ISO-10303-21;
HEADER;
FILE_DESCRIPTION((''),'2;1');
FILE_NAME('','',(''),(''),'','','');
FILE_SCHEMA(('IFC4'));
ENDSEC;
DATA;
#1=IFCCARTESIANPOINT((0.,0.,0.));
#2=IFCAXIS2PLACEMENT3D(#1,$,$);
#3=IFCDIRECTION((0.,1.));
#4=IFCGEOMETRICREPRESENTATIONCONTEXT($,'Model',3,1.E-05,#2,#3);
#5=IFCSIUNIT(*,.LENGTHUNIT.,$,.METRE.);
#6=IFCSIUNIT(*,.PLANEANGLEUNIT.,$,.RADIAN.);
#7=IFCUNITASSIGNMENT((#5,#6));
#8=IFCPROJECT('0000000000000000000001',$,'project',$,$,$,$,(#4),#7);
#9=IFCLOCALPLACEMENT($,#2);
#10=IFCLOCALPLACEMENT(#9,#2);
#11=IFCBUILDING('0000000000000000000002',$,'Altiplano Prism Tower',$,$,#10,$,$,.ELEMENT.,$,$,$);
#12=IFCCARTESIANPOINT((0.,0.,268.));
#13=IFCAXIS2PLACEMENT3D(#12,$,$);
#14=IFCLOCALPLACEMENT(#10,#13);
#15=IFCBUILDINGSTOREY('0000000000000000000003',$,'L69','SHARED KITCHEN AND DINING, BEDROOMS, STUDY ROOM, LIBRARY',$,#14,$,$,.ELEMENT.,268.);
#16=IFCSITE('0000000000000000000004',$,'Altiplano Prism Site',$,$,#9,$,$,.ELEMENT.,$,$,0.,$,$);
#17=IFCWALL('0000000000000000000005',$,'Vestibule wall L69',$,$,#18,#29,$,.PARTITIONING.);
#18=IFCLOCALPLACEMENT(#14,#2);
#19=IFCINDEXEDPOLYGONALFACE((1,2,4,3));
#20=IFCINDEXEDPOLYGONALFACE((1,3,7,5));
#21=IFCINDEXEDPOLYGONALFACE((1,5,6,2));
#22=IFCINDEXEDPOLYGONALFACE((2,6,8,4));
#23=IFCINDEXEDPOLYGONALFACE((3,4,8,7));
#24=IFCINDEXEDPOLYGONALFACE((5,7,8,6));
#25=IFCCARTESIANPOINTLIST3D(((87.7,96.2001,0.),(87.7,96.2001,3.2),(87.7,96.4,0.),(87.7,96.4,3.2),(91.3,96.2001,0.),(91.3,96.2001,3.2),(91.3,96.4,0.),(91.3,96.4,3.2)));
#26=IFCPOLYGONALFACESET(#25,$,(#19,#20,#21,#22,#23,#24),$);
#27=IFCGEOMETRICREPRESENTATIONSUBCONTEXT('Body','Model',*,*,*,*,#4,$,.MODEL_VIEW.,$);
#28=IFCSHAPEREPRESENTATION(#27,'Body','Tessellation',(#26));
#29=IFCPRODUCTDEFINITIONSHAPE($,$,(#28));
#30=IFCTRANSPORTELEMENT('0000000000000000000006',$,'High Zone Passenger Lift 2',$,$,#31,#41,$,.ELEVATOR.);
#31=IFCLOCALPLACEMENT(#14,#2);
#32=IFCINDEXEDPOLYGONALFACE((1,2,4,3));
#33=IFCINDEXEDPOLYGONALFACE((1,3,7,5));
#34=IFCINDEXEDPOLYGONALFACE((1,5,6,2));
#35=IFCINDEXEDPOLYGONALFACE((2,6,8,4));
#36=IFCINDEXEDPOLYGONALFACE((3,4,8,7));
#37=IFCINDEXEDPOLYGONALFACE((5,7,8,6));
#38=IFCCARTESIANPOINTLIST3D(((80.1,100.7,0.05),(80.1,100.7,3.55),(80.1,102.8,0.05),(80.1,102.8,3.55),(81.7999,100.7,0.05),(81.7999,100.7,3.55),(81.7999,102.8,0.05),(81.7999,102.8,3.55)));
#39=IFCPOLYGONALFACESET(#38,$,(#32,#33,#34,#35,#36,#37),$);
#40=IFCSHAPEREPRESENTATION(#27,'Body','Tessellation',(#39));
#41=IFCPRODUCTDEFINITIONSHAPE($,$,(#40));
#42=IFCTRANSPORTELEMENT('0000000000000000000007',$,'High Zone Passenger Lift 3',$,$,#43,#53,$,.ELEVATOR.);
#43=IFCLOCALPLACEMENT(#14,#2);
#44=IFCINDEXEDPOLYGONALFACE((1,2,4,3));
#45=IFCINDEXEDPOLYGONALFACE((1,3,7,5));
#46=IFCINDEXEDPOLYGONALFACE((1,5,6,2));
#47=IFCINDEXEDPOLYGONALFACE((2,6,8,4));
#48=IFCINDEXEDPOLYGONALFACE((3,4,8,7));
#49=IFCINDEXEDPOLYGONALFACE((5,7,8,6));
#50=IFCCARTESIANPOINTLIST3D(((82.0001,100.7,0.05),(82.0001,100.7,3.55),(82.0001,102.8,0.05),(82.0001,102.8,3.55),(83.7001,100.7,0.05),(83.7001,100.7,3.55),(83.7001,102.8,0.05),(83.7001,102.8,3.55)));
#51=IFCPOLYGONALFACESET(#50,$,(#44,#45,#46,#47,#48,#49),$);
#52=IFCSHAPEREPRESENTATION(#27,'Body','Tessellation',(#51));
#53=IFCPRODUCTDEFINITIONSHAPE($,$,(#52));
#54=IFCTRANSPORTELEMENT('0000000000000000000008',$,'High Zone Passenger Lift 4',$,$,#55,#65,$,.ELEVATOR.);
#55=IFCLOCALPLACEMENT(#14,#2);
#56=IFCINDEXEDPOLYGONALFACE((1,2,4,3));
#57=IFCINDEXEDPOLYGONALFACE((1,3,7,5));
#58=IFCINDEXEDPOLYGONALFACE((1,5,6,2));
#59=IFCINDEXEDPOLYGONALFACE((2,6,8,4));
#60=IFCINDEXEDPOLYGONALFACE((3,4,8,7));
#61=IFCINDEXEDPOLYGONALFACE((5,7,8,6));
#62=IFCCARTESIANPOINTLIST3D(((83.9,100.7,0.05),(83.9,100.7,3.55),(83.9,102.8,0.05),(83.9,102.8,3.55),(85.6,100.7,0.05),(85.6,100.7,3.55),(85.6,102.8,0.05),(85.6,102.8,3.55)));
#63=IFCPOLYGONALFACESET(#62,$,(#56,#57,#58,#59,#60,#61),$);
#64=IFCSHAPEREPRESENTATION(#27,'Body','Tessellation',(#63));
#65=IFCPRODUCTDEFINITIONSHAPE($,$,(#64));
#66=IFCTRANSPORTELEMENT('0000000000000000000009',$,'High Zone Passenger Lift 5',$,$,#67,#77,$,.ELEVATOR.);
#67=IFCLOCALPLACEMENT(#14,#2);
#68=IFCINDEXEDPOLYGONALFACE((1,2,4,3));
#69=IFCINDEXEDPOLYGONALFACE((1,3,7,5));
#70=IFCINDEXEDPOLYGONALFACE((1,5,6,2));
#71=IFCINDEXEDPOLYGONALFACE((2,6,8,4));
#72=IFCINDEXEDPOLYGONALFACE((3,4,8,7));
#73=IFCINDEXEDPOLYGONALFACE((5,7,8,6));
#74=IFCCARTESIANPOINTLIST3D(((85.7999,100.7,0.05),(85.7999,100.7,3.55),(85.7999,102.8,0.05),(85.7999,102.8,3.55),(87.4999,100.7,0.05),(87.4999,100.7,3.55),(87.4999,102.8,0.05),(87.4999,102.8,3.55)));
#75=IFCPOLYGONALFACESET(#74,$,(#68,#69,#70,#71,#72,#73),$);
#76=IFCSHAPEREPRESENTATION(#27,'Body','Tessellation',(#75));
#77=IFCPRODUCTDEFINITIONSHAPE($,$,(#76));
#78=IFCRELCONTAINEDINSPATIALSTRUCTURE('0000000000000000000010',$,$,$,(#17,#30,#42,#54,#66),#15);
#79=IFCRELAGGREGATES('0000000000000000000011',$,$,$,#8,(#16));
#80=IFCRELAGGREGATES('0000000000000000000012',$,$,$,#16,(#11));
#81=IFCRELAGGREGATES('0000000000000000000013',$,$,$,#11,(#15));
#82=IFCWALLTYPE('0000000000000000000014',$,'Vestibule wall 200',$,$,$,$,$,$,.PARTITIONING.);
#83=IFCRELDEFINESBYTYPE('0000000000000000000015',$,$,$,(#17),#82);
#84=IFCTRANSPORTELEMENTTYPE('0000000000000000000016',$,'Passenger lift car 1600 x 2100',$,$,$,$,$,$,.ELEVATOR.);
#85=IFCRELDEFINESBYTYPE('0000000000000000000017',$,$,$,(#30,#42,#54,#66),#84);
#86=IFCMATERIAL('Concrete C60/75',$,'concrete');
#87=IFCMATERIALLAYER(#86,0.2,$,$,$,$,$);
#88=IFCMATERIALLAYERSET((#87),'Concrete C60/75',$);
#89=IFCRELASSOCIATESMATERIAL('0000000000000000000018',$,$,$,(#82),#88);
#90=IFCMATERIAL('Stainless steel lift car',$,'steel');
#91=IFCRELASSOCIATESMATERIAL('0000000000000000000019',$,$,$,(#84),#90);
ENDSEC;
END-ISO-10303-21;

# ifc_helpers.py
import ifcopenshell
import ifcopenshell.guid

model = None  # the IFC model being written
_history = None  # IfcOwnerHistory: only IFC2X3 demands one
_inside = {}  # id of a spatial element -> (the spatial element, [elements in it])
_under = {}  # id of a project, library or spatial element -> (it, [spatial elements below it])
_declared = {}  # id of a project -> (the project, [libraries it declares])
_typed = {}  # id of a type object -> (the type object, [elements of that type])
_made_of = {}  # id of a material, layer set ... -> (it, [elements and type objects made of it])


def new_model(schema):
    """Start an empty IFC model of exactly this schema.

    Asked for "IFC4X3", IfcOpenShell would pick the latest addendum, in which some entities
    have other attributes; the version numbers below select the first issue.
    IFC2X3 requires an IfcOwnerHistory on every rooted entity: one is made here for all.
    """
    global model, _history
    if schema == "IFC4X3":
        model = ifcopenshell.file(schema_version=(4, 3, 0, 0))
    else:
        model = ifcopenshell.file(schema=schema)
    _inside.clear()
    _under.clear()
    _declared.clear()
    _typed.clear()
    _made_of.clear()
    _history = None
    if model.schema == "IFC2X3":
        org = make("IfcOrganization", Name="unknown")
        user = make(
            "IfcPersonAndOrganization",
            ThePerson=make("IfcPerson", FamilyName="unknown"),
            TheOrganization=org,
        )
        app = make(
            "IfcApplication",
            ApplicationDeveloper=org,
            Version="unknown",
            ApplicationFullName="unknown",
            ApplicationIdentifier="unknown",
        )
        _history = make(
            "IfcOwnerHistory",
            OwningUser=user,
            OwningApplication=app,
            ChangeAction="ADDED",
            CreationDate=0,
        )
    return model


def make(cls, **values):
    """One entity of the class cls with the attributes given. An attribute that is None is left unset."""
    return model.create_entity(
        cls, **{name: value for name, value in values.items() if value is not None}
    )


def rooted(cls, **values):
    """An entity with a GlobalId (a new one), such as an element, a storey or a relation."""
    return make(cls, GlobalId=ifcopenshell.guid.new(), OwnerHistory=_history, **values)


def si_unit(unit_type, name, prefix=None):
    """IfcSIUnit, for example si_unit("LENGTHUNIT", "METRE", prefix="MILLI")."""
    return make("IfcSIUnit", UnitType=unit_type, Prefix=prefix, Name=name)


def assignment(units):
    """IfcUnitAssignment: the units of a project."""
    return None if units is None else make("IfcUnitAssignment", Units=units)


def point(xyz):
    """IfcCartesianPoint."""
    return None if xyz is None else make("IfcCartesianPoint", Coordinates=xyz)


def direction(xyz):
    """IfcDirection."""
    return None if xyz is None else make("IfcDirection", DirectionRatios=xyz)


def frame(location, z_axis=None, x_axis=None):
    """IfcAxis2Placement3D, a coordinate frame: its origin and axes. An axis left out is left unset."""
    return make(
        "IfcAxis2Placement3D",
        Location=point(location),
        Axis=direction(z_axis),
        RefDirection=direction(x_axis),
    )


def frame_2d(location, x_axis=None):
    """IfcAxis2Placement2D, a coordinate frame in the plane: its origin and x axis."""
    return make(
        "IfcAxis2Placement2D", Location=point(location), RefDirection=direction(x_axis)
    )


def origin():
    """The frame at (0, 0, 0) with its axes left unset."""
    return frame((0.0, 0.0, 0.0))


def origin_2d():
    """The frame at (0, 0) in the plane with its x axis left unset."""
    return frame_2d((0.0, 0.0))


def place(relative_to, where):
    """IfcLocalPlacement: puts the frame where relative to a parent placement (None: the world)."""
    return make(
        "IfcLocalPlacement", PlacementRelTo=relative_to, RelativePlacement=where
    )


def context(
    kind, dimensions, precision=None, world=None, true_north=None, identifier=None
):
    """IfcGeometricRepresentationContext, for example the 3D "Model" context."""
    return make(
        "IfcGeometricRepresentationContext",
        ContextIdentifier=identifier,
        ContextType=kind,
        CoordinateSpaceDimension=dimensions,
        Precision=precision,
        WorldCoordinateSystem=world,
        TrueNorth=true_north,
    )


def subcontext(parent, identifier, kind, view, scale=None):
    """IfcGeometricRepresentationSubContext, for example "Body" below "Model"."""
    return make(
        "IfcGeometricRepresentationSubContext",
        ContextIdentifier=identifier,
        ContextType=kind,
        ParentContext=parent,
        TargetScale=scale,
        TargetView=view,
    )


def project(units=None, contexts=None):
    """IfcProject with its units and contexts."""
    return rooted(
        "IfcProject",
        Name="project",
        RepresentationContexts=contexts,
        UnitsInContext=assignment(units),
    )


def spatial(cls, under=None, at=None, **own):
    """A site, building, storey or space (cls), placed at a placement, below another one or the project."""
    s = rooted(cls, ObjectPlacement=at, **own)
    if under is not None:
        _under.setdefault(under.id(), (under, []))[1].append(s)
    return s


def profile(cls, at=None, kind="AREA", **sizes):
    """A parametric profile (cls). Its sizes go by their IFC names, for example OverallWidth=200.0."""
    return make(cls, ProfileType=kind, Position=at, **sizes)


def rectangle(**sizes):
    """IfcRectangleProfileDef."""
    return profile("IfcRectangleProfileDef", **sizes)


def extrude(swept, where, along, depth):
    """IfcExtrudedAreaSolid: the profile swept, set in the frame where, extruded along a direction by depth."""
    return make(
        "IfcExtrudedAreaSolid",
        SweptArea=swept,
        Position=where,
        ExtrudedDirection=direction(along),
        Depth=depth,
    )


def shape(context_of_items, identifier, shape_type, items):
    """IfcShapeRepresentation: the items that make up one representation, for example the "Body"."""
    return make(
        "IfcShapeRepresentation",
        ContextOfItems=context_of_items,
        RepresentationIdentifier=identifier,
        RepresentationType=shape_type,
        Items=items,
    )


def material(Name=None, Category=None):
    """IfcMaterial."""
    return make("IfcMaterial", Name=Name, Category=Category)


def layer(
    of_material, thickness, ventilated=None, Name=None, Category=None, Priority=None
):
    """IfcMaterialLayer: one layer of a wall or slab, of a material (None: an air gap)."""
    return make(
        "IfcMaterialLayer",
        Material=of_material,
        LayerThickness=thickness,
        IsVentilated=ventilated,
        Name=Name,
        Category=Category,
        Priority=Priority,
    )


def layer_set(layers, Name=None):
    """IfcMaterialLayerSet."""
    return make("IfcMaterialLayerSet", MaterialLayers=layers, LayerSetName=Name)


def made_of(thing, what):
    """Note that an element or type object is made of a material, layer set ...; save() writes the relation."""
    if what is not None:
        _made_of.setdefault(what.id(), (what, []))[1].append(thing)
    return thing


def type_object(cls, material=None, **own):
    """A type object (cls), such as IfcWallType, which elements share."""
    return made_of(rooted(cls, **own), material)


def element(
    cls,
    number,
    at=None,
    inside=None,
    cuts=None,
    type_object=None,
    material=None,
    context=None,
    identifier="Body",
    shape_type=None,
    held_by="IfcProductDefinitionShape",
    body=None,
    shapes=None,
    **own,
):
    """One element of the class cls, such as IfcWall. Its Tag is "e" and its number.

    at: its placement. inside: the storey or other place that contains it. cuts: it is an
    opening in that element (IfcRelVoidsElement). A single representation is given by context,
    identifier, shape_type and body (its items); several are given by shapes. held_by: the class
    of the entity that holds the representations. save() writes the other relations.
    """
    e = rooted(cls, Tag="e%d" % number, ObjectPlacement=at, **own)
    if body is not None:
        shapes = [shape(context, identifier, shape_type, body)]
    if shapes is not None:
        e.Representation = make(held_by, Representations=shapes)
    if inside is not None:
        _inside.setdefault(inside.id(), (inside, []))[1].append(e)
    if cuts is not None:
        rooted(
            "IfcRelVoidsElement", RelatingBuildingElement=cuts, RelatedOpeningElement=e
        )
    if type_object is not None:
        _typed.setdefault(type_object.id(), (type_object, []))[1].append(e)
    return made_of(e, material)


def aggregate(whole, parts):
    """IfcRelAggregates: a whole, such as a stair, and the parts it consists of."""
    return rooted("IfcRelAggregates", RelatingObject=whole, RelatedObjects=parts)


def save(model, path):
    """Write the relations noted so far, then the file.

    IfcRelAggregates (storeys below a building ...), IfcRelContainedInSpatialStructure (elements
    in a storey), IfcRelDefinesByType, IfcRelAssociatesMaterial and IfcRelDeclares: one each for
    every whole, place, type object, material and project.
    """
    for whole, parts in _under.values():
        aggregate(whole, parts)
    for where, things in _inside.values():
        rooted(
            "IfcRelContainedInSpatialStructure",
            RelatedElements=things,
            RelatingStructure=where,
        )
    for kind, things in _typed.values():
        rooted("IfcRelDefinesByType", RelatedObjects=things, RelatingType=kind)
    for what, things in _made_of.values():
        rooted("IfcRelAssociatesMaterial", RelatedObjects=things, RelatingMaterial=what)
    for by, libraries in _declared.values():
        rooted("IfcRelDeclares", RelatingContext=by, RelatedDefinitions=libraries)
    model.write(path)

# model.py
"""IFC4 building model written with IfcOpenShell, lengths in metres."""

from ifc_helpers import new_model, si_unit, direction, frame, frame_2d, origin, origin_2d, place, context, subcontext, project, spatial, rectangle, extrude, material, layer, layer_set, type_object, element, save


model = new_model("IFC4")

# Units and contexts
model_context = context("Model", 3, precision=1e-05, world=origin(), true_north=direction((0.0, 1.0)))
body_context = subcontext(model_context, "Body", "Model", "MODEL_VIEW")
ifc_project = project(units=[si_unit("LENGTHUNIT", "METRE"), si_unit("PLANEANGLEUNIT", "RADIAN")], contexts=[model_context])

# Site, building, storey
site_placement = place(None, origin())
site = spatial("IfcSite", under=ifc_project, at=site_placement, Name="Altiplano Prism Site", CompositionType="ELEMENT", RefElevation=0.0)
building_placement = place(site_placement, origin())
building = spatial("IfcBuilding", under=site, at=building_placement, Name="Altiplano Prism Tower", CompositionType="ELEMENT")
storey_placement = place(building_placement, frame((0.0, 0.0, 268.0)))
storey = spatial("IfcBuildingStorey", under=building, at=storey_placement, Name="L69", Description="SHARED KITCHEN AND DINING, BEDROOMS, STUDY ROOM, LIBRARY", CompositionType="ELEMENT", Elevation=268.0)

# Shared definitions
ifc_material_1 = material(Name="Concrete C60/75", Category="concrete")

# Shared definitions
ifc_layer_1 = layer(ifc_material_1, 0.2)
ifc_layer_set_1 = layer_set([ifc_layer_1], Name="Concrete C60/75")
wall_type_1 = type_object("IfcWallType", Name="Vestibule wall 200", PredefinedType="PARTITIONING", material=ifc_layer_set_1)

# Wall
wall_1_placement = place(storey_placement, frame((87.7, 96.3, 0.0), z_axis=(0.0, 0.0, 1.0), x_axis=(1.0, 0.0, 0.0)))
element("IfcWall", 1, at=wall_1_placement, inside=storey, type_object=wall_type_1, Name="Vestibule wall L69", PredefinedType="PARTITIONING", context=body_context, shape_type="SweptSolid", body=[
    extrude(rectangle(XDim=3.6001, YDim=0.2, at=frame_2d((1.8, 0.0))), origin(), (0.0, 0.0, 1.0), 3.2),
])

# Transport elements
ifc_material_2 = material(Name="Stainless steel lift car", Category="steel")
transport_element_type = type_object("IfcTransportElementType", Name="Passenger lift car 1600 x 2100", PredefinedType="ELEVATOR", material=ifc_material_2)
for number, where, z_axis, x_axis, name in (
    (2, (80.95, 101.75, 0.05), (0.0, 0.0, 1.0), (1.0, 0.0, 0.0), "High Zone Passenger Lift 2"),
    (3, (82.8501, 101.75, 0.05), (0.0, 0.0, 1.0), (1.0, 0.0, 0.0), "High Zone Passenger Lift 3"),
    (4, (84.75, 101.75, 0.05), (0.0, 0.0, 1.0), (1.0, 0.0, 0.0), "High Zone Passenger Lift 4"),
    (5, (86.6499, 101.75, 0.05), (0.0, 0.0, 1.0), (1.0, 0.0, 0.0), "High Zone Passenger Lift 5"),
):
    element("IfcTransportElement", number, at=place(storey_placement, frame(where, z_axis=z_axis, x_axis=x_axis)), inside=storey, type_object=transport_element_type, Name=name, PredefinedType="ELEVATOR", context=body_context, shape_type="SweptSolid", body=[
        extrude(rectangle(XDim=1.7, YDim=2.1001, at=origin_2d()), origin(), (0.0, 0.0, 1.0), 3.5),
    ])

save(model, "model.ifc")
